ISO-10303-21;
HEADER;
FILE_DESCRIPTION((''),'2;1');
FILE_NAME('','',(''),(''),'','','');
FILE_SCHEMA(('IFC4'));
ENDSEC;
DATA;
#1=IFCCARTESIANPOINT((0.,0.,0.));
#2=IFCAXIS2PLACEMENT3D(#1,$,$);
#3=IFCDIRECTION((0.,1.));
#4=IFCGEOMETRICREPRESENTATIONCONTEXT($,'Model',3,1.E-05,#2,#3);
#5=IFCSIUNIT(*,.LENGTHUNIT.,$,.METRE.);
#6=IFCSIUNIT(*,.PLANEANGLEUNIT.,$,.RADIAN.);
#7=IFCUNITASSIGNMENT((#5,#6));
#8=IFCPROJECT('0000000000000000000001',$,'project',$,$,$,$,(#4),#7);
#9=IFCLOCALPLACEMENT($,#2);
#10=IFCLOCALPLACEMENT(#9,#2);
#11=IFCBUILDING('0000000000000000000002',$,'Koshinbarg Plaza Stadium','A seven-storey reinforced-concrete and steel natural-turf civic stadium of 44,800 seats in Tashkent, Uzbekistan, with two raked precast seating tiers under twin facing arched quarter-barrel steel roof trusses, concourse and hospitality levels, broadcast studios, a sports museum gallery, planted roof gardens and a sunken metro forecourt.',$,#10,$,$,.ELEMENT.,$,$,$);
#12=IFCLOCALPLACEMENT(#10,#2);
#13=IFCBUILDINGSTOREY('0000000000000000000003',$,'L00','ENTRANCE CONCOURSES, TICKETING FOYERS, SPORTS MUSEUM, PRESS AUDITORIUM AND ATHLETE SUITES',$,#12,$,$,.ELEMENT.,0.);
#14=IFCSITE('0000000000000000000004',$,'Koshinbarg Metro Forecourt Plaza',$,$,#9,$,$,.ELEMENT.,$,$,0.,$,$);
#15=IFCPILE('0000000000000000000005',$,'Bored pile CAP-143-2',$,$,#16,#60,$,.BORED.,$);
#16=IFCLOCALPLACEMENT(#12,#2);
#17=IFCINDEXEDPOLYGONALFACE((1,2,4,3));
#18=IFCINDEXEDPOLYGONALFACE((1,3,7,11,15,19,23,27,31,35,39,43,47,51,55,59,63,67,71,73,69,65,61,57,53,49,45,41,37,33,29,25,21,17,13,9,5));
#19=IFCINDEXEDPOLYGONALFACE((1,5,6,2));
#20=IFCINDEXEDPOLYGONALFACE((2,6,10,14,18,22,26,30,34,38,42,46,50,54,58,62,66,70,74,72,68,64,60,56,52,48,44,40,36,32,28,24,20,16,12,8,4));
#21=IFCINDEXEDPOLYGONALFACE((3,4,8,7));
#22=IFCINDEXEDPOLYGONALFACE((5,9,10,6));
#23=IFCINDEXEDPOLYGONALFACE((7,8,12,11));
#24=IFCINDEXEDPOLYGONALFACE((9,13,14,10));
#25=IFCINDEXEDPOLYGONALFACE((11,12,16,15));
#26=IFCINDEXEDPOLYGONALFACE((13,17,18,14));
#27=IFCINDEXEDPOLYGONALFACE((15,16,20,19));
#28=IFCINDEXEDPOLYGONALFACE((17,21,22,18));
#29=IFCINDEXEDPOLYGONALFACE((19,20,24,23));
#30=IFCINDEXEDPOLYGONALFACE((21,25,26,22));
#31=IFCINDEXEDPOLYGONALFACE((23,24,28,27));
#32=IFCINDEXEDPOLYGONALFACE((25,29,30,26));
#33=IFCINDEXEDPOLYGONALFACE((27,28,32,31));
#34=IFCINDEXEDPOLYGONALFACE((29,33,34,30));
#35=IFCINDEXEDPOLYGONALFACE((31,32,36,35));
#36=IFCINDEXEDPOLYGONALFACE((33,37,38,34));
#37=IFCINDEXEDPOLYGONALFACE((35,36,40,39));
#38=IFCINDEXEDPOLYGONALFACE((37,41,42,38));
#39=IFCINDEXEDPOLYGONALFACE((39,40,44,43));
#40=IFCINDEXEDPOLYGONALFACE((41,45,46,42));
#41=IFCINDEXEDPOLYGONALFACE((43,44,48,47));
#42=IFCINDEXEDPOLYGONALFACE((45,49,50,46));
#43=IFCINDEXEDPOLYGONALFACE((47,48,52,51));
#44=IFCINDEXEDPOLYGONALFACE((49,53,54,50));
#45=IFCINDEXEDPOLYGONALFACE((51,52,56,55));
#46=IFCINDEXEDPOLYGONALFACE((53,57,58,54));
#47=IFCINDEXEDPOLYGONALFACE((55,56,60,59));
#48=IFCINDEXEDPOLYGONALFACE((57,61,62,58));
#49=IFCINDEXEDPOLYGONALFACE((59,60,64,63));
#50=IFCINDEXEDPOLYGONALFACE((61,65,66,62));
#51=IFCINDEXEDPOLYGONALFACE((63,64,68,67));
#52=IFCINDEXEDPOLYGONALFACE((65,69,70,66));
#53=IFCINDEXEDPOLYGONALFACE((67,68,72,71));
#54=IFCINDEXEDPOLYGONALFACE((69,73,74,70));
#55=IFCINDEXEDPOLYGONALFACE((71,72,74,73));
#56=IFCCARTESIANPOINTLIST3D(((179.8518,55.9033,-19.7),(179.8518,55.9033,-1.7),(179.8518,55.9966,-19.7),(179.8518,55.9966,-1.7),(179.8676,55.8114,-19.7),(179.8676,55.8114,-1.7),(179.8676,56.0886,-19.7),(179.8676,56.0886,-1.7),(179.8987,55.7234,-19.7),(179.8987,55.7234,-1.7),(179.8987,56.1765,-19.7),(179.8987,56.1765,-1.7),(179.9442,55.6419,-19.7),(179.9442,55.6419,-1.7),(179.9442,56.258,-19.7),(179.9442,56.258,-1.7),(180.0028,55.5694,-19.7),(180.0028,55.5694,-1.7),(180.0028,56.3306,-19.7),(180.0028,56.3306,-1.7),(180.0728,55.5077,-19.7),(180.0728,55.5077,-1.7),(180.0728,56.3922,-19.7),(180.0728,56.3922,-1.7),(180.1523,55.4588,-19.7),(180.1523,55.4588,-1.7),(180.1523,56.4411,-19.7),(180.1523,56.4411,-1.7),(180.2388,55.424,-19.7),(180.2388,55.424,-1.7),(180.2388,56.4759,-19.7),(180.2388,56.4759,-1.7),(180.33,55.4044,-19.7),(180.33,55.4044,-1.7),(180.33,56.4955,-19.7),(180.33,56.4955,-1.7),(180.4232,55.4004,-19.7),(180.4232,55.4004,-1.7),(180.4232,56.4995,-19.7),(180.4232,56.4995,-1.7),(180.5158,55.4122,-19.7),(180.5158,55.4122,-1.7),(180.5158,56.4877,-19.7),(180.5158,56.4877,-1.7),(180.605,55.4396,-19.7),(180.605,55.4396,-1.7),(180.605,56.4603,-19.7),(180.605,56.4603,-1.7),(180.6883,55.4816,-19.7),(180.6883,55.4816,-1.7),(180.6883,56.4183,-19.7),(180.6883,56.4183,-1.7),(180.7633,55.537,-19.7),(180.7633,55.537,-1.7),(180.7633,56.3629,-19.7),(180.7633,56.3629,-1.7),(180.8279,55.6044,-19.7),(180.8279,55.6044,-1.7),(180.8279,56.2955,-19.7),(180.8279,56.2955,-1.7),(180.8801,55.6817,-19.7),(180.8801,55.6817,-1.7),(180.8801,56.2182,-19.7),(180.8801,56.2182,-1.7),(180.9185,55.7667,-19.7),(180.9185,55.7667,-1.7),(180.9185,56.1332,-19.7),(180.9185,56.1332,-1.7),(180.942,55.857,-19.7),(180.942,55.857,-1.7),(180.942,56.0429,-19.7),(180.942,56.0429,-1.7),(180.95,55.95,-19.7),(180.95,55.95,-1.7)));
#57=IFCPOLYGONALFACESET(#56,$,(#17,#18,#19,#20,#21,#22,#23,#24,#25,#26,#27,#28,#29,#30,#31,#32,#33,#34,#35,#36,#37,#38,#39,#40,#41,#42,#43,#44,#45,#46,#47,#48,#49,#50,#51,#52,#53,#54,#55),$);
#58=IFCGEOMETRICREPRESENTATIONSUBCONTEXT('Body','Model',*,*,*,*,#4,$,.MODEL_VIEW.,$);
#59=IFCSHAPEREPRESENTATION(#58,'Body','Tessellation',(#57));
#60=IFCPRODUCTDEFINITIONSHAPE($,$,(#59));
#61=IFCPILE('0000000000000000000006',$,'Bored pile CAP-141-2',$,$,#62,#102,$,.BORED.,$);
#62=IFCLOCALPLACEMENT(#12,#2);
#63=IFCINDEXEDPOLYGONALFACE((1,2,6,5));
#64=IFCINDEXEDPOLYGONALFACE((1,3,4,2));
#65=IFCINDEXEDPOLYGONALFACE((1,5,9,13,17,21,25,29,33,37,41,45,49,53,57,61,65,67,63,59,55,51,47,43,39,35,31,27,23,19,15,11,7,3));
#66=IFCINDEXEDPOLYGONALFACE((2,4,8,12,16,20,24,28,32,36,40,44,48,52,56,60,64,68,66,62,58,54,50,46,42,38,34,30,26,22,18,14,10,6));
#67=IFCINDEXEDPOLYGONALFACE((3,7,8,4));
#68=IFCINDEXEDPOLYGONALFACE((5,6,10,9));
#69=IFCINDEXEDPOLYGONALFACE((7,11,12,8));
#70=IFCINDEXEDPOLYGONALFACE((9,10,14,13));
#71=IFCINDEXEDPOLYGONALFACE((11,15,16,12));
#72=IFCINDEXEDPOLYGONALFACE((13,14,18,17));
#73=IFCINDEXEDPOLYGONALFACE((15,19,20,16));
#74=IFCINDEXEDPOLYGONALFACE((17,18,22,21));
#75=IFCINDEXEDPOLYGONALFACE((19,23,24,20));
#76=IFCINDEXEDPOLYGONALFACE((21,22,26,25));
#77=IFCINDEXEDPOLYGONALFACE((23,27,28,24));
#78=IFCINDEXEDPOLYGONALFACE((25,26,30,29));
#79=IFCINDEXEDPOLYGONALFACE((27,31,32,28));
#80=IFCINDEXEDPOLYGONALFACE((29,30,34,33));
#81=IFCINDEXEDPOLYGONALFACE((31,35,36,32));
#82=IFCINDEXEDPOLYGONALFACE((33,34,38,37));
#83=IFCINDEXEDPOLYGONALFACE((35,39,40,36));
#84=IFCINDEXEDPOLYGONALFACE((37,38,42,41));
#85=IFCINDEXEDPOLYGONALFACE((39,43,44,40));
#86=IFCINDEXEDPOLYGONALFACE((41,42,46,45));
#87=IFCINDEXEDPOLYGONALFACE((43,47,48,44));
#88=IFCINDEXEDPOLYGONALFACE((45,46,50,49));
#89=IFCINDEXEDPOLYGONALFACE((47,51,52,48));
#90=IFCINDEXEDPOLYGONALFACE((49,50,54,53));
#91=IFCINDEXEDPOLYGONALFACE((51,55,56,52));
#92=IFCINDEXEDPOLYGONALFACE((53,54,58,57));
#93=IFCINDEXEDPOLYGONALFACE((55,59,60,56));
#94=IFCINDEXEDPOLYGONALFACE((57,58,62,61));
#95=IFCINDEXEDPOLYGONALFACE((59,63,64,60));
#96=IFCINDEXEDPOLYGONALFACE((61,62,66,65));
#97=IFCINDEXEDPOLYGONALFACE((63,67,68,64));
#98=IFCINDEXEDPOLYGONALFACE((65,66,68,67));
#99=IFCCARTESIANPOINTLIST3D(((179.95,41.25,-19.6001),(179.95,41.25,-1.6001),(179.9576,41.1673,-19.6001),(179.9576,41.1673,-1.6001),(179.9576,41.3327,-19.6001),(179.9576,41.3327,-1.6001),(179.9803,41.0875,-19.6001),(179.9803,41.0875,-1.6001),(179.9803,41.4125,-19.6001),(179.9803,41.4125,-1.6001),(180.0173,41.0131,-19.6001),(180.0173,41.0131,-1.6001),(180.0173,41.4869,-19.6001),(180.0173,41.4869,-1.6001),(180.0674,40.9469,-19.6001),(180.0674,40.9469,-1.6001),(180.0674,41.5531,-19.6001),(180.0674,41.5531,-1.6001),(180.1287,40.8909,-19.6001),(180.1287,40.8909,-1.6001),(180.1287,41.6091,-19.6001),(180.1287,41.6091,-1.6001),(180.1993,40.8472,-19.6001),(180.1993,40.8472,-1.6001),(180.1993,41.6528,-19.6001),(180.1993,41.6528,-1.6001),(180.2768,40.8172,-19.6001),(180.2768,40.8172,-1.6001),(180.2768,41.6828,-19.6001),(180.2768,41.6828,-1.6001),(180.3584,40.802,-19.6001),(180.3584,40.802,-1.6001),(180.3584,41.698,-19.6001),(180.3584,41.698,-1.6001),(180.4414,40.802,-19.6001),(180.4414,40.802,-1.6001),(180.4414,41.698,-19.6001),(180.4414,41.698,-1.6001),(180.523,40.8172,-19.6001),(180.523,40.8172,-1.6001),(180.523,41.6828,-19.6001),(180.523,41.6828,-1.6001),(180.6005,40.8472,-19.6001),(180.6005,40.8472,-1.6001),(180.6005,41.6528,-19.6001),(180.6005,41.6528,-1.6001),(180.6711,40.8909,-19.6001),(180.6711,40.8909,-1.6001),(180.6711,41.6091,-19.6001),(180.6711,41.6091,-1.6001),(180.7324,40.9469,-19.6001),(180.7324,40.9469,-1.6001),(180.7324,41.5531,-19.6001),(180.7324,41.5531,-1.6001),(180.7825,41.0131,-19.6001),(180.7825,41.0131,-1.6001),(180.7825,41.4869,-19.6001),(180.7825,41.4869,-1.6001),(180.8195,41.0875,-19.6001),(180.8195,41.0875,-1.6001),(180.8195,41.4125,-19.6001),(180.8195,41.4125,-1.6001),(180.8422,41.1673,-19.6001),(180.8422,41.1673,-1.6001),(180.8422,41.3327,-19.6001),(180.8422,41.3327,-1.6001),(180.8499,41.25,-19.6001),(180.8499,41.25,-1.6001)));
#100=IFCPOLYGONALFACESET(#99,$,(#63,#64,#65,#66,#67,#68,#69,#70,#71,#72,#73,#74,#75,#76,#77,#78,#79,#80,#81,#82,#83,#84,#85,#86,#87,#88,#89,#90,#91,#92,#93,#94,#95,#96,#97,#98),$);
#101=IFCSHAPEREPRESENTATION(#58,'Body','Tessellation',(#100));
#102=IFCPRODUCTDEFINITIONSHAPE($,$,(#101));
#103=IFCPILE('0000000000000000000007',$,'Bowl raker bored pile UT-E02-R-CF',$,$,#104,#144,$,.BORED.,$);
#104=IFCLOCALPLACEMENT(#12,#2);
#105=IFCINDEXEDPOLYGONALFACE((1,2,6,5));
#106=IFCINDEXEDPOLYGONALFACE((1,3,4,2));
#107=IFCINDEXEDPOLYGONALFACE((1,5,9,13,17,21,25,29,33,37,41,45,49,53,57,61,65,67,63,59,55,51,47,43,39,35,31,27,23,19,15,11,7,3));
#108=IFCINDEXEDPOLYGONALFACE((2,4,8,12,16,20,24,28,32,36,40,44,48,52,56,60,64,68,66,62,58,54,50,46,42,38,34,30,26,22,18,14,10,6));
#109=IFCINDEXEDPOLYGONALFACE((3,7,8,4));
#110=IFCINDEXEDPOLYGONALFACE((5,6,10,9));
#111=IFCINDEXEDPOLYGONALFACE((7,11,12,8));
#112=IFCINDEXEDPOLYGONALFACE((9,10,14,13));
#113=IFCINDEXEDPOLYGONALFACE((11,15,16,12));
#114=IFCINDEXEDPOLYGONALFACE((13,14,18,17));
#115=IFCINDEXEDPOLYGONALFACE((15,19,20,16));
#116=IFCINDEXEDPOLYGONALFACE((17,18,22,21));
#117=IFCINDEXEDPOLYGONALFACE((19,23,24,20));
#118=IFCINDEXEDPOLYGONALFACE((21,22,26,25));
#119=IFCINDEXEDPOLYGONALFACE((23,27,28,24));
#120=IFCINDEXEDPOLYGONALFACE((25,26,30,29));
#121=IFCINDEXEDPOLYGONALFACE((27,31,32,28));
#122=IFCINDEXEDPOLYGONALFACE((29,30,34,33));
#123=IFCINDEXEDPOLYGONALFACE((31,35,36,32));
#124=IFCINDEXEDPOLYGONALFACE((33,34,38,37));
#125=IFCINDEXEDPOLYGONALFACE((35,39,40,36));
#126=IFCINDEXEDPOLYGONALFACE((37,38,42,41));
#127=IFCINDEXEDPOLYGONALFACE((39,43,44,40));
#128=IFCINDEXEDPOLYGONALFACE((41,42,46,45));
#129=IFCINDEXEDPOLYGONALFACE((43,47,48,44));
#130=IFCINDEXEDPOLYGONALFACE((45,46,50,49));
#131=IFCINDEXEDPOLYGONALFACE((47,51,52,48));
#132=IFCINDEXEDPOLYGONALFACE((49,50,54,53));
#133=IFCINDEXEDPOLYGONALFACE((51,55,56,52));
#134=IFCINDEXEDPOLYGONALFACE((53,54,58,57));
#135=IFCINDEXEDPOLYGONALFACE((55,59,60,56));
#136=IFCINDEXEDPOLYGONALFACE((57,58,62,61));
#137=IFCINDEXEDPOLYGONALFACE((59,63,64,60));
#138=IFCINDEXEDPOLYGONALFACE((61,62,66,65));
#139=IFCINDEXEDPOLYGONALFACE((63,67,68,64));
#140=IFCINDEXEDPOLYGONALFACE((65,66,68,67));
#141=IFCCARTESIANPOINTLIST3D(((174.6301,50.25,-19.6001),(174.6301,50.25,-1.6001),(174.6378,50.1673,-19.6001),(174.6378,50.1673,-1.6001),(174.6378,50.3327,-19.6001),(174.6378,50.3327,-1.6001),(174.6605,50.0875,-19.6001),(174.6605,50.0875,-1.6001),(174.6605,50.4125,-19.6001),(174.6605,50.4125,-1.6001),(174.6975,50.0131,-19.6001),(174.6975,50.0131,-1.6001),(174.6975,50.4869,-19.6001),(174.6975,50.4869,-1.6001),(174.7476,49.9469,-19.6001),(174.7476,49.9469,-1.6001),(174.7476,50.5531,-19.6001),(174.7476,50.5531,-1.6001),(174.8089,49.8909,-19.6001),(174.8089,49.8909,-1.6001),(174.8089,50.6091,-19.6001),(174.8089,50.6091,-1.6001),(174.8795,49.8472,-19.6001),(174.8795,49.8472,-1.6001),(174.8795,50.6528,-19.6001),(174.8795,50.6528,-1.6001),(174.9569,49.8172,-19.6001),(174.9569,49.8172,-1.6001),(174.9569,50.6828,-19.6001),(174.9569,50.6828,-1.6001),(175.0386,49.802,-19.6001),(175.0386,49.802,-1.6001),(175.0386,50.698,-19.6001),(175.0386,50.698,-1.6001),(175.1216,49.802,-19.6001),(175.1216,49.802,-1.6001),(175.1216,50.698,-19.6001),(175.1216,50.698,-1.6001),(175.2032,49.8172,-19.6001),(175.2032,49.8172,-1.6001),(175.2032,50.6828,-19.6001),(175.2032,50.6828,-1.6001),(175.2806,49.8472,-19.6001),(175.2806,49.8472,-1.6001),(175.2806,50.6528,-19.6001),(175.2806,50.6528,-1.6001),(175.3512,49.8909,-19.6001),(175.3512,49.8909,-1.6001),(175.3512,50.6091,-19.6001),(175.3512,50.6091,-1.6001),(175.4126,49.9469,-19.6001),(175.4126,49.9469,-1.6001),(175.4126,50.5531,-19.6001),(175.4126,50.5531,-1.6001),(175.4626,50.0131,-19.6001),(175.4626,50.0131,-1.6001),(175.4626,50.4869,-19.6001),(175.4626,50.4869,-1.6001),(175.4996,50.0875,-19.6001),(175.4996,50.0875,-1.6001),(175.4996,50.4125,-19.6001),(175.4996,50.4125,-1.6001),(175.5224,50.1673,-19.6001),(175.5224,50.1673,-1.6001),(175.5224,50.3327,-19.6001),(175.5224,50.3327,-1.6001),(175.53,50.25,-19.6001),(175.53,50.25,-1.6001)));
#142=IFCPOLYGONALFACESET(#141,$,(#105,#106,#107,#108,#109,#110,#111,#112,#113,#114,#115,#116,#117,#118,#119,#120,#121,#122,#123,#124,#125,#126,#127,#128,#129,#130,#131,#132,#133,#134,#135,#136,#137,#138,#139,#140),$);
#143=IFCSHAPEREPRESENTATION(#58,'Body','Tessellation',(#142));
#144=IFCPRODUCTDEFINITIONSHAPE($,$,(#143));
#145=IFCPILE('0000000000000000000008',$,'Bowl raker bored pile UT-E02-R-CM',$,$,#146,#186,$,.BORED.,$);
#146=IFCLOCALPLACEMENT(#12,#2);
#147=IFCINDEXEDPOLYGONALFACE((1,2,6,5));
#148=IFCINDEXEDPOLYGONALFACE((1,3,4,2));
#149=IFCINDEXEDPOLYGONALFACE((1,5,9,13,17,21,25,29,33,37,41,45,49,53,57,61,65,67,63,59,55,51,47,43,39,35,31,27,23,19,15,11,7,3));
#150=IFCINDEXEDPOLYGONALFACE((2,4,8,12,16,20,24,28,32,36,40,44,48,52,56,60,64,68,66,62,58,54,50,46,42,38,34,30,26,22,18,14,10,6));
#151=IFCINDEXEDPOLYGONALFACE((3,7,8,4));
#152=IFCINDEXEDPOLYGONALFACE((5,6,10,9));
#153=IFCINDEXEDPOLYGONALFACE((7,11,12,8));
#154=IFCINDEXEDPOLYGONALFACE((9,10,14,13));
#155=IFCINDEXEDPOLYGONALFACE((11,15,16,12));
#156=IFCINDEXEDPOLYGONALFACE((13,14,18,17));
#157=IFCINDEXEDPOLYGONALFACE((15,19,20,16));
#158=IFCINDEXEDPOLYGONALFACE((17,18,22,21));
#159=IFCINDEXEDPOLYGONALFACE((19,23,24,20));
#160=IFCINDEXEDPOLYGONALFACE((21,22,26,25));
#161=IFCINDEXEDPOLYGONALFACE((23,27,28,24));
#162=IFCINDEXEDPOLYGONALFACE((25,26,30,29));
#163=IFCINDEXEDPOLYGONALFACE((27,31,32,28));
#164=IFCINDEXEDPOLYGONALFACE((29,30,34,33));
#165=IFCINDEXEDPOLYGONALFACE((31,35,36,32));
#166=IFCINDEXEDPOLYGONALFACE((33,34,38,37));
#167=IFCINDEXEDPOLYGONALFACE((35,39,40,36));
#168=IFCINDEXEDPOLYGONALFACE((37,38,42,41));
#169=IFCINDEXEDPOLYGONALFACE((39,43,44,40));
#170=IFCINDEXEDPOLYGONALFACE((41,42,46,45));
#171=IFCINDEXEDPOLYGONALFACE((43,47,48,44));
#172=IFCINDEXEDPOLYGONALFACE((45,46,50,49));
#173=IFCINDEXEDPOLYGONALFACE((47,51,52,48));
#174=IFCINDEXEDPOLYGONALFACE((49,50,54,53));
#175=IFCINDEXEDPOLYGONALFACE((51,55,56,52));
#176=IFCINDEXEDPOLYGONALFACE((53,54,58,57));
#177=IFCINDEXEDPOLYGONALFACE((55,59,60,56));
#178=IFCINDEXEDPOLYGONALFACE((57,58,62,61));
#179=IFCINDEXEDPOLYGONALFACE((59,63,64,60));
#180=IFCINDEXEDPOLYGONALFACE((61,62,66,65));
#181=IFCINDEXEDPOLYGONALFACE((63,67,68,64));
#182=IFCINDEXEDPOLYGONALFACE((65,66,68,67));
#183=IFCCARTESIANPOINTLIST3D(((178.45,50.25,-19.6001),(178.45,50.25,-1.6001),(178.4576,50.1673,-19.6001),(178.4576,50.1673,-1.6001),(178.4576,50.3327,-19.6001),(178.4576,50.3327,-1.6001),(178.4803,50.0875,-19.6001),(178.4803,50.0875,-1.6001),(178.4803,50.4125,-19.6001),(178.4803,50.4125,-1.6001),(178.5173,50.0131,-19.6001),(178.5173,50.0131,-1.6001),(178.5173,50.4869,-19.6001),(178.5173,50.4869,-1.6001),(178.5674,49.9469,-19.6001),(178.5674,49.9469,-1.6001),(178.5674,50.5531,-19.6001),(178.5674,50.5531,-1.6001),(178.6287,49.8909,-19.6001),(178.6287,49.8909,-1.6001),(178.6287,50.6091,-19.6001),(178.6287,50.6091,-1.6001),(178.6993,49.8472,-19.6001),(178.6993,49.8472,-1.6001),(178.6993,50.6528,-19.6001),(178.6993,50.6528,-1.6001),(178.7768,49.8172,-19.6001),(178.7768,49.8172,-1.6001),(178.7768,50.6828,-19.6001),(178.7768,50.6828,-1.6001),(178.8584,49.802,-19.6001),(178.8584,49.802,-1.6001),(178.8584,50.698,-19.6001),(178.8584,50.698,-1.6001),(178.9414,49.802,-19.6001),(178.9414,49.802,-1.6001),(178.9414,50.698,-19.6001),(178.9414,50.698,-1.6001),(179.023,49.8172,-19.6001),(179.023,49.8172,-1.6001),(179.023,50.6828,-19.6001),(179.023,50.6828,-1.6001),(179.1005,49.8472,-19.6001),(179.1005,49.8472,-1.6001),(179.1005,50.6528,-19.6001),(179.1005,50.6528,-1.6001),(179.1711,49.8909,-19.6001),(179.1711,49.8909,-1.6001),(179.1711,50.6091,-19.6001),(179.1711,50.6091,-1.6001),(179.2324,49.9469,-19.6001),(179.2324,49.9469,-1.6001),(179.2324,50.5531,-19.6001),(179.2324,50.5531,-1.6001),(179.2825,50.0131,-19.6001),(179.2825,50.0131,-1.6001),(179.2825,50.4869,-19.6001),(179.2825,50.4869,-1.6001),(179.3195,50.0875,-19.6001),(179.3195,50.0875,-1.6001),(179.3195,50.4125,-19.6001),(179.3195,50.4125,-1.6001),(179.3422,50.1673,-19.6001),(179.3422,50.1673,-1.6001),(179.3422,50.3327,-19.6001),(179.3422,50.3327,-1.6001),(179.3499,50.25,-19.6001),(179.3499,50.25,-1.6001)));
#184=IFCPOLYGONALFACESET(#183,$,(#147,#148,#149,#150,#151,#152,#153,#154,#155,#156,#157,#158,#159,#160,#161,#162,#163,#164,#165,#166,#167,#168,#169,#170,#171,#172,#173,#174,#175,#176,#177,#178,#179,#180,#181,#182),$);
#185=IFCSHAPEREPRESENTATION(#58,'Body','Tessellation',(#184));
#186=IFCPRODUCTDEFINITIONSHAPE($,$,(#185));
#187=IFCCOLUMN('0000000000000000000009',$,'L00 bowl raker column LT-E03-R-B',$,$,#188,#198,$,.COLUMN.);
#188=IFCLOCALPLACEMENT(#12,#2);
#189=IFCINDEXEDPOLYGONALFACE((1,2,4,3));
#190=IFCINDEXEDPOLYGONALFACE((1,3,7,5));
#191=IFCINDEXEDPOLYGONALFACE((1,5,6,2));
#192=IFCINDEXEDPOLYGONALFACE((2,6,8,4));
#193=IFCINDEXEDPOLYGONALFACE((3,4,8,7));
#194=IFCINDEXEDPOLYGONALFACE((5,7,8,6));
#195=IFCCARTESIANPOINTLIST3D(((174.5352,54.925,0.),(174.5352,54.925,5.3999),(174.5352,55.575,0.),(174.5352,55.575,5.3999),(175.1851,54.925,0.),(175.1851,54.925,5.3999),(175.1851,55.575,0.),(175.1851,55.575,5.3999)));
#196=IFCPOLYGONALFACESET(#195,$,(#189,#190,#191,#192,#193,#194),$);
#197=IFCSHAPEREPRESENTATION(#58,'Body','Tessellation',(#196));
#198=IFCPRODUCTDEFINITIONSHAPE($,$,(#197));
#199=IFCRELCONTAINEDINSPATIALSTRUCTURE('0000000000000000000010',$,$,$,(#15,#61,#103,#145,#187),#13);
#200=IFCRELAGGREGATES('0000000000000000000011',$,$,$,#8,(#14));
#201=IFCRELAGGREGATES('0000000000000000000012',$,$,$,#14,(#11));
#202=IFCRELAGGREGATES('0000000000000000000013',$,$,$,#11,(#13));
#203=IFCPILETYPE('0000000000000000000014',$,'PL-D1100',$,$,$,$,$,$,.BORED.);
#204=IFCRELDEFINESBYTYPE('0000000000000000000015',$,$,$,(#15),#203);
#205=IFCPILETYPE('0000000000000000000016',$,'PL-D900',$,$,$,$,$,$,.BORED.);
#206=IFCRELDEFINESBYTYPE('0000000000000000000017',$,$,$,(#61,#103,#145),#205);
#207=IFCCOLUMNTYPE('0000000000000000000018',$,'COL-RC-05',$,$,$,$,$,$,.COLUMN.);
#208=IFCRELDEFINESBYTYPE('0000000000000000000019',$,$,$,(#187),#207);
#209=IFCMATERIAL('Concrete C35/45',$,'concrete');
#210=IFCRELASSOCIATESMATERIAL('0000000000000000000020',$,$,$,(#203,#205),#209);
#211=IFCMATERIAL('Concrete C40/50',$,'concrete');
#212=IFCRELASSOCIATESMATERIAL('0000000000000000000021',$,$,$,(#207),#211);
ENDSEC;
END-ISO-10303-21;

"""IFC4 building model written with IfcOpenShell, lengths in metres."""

from ifc_helpers import new_model, si_unit, direction, frame, origin, origin_2d, place, context, subcontext, project, spatial, rectangle, circle, extrude, material, material_profile, profile_set, type_object, element, save


model = new_model("IFC4")

# Units and contexts
model_context = context("Model", 3, precision=1e-05, world=origin(), true_north=direction((0.0, 1.0)))
body_context = subcontext(model_context, "Body", "Model", "MODEL_VIEW")
ifc_project = project(units=[si_unit("LENGTHUNIT", "METRE"), si_unit("PLANEANGLEUNIT", "RADIAN")], contexts=[model_context])

# Site, building, storey
site_placement = place(None, origin())
site = spatial("IfcSite", under=ifc_project, at=site_placement, Name="Koshinbarg Metro Forecourt Plaza", CompositionType="ELEMENT", RefElevation=0.0)
building_placement = place(site_placement, origin())
building = spatial("IfcBuilding", under=site, at=building_placement, Name="Koshinbarg Plaza Stadium", Description="A seven-storey reinforced-concrete and steel natural-turf civic stadium of 44,800 seats in Tashkent, Uzbekistan, with two raked precast seating tiers under twin facing arched quarter-barrel steel roof trusses, concourse and hospitality levels, broadcast studios, a sports museum gallery, planted roof gardens and a sunken metro forecourt.", CompositionType="ELEMENT")
storey_placement = place(building_placement, origin())
storey = spatial("IfcBuildingStorey", under=building, at=storey_placement, Name="L00", Description="ENTRANCE CONCOURSES, TICKETING FOYERS, SPORTS MUSEUM, PRESS AUDITORIUM AND ATHLETE SUITES", CompositionType="ELEMENT", Elevation=0.0)

# Shared definitions
ifc_material_1 = material(Name="Concrete C35/45", Category="concrete")

# Piles
ifc_material_profile_1 = material_profile(ifc_material_1, circle(Radius=0.55, at=origin_2d()), Name="PILE D1100")
ifc_profile_set_1 = profile_set([ifc_material_profile_1], Name="Concrete C35/45")
pile_type_1 = type_object("IfcPileType", Name="PL-D1100", PredefinedType="BORED", material=ifc_profile_set_1)
for number, where, z_axis, x_axis, name in (
    (1, (180.3999, 55.95, -1.7), (0.0, 0.0, -1.0), (1.0, 0.0, 0.0), "Bored pile CAP-143-2"),
):
    element("IfcPile", number, at=place(storey_placement, frame(where, z_axis=z_axis, x_axis=x_axis)), inside=storey, type_object=pile_type_1, Name=name, PredefinedType="BORED", context=body_context, shape_type="SweptSolid", body=[
        extrude(circle(Radius=0.55, at=origin_2d()), origin(), (0.0, 0.0, 1.0), 18.0),
    ])
ifc_material_profile_2 = material_profile(ifc_material_1, circle(Radius=0.45, at=origin_2d()), Name="PILE D900")
ifc_profile_set_2 = profile_set([ifc_material_profile_2], Name="Concrete C35/45")
pile_type_2 = type_object("IfcPileType", Name="PL-D900", PredefinedType="BORED", material=ifc_profile_set_2)
for number, where, z_axis, x_axis, name in (
    (2, (180.3999, 41.25, -1.6001), (0.0, 0.0, -1.0), (1.0, 0.0, 0.0), "Bored pile CAP-141-2"),
    (3, (175.0801, 50.25, -1.6001), (0.0, 0.0, -1.0), (1.0, 0.0, 0.0), "Bowl raker bored pile UT-E02-R-CF"),
    (4, (178.8999, 50.25, -1.6001), (0.0, 0.0, -1.0), (1.0, 0.0, 0.0), "Bowl raker bored pile UT-E02-R-CM"),
):
    element("IfcPile", number, at=place(storey_placement, frame(where, z_axis=z_axis, x_axis=x_axis)), inside=storey, type_object=pile_type_2, Name=name, PredefinedType="BORED", context=body_context, shape_type="SweptSolid", body=[
        extrude(circle(Radius=0.45, at=origin_2d()), origin(), (0.0, 0.0, 1.0), 18.0),
    ])

# Column
ifc_material_2 = material(Name="Concrete C40/50", Category="concrete")
ifc_material_profile_3 = material_profile(ifc_material_2, rectangle(XDim=0.6499, YDim=0.6499, at=origin_2d()), Name="RC 650x650")
ifc_profile_set_3 = profile_set([ifc_material_profile_3], Name="Concrete C40/50")
column_type_1 = type_object("IfcColumnType", Name="COL-RC-05", PredefinedType="COLUMN", material=ifc_profile_set_3)
for number, where, z_axis, x_axis, name in (
    (5, (174.8601, 55.25, 0.0), (0.0, 0.0, 1.0), (1.0, 0.0, 0.0), "L00 bowl raker column LT-E03-R-B"),
):
    element("IfcColumn", number, at=place(storey_placement, frame(where, z_axis=z_axis, x_axis=x_axis)), inside=storey, type_object=column_type_1, Name=name, PredefinedType="COLUMN", context=body_context, shape_type="SweptSolid", body=[
        extrude(rectangle(XDim=0.6499, YDim=0.6499, at=origin_2d()), origin(), (0.0, 0.0, 1.0), 5.3999),
    ])

save(model, "model.ifc")
